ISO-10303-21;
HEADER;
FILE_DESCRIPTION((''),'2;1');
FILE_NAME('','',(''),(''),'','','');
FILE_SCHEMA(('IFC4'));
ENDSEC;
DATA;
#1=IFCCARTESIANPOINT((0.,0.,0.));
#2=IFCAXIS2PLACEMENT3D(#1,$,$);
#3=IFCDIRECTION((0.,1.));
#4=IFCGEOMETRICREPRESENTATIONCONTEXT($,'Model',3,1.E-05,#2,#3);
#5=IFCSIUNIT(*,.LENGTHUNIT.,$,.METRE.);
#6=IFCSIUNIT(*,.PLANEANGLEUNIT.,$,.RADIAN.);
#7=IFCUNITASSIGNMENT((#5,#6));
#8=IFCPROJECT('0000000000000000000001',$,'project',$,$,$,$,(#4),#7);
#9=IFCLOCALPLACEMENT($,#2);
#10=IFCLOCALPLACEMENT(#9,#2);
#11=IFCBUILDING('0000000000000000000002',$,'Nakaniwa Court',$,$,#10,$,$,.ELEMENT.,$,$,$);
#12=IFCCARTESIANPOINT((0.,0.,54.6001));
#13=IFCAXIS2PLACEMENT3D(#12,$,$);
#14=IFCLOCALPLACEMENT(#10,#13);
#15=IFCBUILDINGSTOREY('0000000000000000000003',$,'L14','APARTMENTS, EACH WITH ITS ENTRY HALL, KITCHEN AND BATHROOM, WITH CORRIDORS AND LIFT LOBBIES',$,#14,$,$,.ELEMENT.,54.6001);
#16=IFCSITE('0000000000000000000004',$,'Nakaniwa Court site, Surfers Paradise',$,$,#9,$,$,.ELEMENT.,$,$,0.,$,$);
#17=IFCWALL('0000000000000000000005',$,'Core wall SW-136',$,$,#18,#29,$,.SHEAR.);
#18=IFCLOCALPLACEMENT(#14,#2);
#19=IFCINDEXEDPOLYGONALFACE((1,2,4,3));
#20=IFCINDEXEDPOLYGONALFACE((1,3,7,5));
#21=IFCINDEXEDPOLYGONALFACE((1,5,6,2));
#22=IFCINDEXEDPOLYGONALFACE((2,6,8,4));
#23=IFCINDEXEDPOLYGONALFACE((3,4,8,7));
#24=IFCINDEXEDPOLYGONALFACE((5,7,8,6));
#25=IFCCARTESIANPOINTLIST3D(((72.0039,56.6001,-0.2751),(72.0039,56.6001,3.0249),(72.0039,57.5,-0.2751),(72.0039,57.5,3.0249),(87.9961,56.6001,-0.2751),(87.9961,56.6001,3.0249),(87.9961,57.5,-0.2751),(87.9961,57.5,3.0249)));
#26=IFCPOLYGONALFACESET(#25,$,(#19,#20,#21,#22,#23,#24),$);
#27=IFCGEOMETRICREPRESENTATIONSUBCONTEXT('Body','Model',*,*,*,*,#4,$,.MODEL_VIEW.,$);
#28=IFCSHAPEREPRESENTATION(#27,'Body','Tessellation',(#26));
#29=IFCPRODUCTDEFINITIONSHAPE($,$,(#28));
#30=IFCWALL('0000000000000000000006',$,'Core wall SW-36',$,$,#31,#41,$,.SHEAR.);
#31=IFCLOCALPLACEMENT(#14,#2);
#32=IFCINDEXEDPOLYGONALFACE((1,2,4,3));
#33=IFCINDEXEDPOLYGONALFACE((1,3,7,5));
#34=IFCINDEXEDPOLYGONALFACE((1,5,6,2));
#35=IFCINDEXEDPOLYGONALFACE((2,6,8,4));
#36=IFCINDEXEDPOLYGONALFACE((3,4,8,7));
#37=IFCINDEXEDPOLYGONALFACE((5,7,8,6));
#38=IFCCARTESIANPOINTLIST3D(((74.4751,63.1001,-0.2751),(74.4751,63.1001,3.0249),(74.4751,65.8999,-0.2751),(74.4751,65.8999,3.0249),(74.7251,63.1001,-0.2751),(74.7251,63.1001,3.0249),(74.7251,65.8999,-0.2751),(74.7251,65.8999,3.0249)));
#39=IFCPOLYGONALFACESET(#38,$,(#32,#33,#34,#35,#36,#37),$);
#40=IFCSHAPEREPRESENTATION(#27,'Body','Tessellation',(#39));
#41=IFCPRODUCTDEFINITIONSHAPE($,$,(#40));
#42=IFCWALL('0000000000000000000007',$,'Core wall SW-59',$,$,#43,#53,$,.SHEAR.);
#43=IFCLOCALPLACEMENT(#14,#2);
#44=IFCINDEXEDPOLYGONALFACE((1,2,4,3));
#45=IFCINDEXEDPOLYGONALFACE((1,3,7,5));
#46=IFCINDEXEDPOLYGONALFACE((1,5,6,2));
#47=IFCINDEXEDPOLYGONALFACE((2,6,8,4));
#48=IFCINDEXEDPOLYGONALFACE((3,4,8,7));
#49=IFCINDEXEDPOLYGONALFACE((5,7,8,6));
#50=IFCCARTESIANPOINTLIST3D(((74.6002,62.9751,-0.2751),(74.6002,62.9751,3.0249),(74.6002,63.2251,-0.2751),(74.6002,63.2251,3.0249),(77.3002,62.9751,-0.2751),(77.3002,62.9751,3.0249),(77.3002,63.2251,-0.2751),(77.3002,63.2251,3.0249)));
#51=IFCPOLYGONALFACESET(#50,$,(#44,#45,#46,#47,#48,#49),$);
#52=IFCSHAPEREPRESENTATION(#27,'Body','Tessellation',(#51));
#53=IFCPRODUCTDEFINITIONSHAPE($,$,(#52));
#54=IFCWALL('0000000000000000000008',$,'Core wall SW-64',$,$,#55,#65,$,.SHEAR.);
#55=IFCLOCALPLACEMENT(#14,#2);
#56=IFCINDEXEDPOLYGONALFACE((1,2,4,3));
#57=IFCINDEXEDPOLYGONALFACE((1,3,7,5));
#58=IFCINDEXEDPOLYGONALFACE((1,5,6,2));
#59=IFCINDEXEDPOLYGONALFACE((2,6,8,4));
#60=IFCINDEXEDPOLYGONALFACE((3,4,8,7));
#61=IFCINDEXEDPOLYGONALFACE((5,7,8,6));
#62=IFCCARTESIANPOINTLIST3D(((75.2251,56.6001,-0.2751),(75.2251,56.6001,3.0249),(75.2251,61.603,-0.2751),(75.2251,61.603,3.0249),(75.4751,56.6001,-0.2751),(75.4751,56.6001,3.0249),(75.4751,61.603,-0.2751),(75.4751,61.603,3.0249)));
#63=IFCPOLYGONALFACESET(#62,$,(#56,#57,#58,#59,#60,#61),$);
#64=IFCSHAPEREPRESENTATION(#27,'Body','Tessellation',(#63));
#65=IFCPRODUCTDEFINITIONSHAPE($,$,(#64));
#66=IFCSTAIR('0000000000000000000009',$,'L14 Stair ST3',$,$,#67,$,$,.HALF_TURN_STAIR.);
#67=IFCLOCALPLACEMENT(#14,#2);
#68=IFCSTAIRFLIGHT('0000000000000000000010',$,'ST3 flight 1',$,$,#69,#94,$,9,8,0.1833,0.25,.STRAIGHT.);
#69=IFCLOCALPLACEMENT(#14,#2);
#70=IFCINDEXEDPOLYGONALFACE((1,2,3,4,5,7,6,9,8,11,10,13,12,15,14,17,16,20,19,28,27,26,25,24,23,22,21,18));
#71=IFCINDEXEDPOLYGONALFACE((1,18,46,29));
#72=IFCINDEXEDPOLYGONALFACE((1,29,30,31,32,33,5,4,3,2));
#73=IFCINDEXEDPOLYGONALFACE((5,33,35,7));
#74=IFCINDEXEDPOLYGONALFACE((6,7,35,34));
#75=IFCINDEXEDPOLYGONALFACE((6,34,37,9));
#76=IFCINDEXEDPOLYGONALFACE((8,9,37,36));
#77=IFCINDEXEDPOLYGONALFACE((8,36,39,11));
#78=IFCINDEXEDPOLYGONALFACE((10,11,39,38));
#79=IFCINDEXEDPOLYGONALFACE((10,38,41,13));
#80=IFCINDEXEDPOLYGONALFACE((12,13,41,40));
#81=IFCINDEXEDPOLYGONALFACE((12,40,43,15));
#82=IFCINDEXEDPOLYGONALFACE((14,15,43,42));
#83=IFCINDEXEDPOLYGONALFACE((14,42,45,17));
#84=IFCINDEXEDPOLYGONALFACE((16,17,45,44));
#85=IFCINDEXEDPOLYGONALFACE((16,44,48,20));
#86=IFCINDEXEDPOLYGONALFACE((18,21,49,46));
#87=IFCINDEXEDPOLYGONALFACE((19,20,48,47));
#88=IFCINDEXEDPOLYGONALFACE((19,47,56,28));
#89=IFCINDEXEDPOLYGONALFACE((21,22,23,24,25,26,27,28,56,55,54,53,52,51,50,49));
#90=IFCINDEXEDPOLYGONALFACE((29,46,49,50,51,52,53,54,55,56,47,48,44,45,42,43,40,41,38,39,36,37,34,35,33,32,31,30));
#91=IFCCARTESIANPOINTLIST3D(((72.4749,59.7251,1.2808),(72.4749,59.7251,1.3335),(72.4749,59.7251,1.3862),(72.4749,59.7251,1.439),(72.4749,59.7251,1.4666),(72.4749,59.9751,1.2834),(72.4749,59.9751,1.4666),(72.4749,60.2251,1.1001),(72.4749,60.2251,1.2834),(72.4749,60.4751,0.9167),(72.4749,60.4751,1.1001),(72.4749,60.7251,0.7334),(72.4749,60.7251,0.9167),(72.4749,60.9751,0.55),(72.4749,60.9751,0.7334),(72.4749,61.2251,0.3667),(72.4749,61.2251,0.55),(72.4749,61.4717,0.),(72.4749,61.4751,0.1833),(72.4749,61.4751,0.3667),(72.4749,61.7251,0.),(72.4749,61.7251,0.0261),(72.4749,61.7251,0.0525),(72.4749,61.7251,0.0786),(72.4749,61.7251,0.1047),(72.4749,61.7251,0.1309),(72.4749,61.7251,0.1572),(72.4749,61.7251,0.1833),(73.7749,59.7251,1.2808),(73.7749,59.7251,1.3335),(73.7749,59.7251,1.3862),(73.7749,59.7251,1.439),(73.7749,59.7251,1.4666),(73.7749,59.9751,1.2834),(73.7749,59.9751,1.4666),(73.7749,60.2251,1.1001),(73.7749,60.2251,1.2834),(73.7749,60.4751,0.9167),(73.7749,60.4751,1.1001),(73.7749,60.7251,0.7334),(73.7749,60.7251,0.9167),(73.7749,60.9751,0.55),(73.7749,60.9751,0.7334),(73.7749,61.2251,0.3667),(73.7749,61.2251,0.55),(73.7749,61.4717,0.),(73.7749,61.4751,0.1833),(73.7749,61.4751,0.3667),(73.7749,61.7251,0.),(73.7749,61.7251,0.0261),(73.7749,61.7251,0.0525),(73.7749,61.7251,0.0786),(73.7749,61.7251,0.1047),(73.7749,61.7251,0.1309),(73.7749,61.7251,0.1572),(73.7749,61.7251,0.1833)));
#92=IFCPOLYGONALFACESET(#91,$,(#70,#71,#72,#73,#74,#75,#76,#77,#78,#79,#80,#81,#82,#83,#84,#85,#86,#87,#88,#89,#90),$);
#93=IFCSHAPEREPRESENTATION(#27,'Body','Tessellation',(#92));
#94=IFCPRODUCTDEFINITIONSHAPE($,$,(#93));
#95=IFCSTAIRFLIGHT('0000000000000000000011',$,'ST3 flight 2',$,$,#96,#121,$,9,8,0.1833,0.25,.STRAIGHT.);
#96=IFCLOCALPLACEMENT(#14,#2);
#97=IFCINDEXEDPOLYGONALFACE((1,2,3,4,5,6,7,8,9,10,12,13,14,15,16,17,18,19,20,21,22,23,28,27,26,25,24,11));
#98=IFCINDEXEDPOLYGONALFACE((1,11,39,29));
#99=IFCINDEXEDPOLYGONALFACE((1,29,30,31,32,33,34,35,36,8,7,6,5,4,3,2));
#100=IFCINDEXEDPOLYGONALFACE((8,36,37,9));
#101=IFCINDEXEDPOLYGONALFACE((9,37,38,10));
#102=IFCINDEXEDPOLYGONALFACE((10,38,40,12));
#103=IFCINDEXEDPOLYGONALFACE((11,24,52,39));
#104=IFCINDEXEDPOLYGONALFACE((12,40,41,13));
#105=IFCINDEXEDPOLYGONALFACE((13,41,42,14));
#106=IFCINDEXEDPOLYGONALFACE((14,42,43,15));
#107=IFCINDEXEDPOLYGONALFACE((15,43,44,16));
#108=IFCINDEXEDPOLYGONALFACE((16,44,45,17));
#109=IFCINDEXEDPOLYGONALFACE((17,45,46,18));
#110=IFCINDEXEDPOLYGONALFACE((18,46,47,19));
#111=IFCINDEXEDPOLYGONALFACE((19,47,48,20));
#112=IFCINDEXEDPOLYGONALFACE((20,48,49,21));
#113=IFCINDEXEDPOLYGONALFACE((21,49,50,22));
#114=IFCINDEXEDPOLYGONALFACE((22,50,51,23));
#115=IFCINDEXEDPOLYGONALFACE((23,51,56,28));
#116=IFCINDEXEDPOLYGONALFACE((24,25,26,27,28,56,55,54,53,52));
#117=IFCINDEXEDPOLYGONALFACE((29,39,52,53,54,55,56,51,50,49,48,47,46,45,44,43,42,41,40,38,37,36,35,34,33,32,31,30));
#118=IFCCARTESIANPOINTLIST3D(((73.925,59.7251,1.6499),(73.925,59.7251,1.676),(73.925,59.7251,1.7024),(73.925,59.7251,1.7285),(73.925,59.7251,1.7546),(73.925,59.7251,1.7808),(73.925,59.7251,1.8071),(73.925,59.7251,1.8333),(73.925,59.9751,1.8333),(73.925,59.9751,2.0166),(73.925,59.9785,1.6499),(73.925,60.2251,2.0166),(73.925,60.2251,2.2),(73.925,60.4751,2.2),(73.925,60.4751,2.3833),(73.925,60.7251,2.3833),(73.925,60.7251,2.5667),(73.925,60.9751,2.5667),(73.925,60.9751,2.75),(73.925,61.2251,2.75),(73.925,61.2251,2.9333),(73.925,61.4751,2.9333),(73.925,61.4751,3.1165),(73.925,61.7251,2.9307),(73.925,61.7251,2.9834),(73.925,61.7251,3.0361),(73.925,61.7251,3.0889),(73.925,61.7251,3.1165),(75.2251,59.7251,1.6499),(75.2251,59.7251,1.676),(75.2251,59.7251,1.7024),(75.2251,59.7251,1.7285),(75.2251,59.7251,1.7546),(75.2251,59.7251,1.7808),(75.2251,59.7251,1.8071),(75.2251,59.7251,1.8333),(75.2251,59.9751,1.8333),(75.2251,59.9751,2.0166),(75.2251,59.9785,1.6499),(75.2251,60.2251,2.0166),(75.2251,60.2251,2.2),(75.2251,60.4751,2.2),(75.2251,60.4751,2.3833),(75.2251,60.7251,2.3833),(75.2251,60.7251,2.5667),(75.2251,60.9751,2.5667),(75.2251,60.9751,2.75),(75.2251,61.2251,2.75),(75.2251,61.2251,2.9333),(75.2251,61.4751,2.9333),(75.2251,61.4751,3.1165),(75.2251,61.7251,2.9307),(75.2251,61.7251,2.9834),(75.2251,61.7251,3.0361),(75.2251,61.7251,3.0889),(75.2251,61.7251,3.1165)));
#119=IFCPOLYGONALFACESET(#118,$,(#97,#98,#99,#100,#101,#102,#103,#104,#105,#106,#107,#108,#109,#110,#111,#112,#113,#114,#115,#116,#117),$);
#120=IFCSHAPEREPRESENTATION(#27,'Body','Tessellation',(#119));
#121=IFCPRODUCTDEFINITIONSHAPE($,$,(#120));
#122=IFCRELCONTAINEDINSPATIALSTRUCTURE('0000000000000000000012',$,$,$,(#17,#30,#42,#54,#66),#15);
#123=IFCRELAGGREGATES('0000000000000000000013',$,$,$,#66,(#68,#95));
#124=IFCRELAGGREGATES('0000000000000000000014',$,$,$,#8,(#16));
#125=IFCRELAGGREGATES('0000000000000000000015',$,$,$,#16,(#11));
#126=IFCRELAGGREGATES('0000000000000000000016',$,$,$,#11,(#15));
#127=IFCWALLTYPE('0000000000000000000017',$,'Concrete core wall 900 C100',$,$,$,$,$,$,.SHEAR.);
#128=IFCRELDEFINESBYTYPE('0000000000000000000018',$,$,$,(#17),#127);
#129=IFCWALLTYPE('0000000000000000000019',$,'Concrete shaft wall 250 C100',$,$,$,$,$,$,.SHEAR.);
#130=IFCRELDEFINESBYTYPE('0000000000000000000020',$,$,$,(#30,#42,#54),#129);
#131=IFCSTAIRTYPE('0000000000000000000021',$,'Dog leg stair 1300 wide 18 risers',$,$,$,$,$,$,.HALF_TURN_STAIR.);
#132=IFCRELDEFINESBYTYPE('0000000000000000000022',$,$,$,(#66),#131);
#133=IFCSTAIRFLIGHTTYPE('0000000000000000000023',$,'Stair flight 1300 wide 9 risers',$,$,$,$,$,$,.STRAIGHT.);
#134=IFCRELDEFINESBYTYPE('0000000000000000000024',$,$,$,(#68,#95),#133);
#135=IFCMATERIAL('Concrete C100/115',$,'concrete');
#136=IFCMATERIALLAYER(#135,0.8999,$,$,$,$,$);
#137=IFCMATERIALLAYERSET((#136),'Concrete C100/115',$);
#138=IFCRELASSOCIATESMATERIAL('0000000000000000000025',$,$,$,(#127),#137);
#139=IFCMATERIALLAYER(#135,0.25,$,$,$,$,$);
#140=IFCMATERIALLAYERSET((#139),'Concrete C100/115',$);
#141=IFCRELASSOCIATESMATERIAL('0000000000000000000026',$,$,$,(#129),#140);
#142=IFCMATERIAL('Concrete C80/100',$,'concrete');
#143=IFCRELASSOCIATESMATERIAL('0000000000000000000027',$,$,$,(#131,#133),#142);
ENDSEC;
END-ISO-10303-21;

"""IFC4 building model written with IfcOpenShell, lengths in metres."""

from ifc_helpers import new_model, si_unit, direction, frame, frame_2d, origin, place, context, subcontext, project, spatial, polyline, rectangle, outline, extrude, material, layer, layer_set, type_object, element, aggregate, save


model = new_model("IFC4")

# Units and contexts
model_context = context("Model", 3, precision=1e-05, world=origin(), true_north=direction((0.0, 1.0)))
body_context = subcontext(model_context, "Body", "Model", "MODEL_VIEW")
ifc_project = project(units=[si_unit("LENGTHUNIT", "METRE"), si_unit("PLANEANGLEUNIT", "RADIAN")], contexts=[model_context])

# Site, building, storey
site_placement = place(None, origin())
site = spatial("IfcSite", under=ifc_project, at=site_placement, Name="Nakaniwa Court site, Surfers Paradise", CompositionType="ELEMENT", RefElevation=0.0)
building_placement = place(site_placement, origin())
building = spatial("IfcBuilding", under=site, at=building_placement, Name="Nakaniwa Court", CompositionType="ELEMENT")
storey_placement = place(building_placement, frame((0.0, 0.0, 54.6001)))
storey = spatial("IfcBuildingStorey", under=building, at=storey_placement, Name="L14", Description="APARTMENTS, EACH WITH ITS ENTRY HALL, KITCHEN AND BATHROOM, WITH CORRIDORS AND LIFT LOBBIES", CompositionType="ELEMENT", Elevation=54.6001)

# Shared definitions
ifc_material_1 = material(Name="Concrete C80/100", Category="concrete")

# Shared definitions
ifc_material_2 = material(Name="Concrete C100/115", Category="concrete")

# Walls
ifc_layer_1 = layer(ifc_material_2, 0.8999)
ifc_layer_set_1 = layer_set([ifc_layer_1], Name="Concrete C100/115")
wall_type_1 = type_object("IfcWallType", Name="Concrete core wall 900 C100", PredefinedType="SHEAR", material=ifc_layer_set_1)
wall_1_placement = place(storey_placement, frame((72.0039, 57.05, -0.2751), z_axis=(0.0, 0.0, 1.0), x_axis=(1.0, 0.0, 0.0)))
element("IfcWall", 1, at=wall_1_placement, inside=storey, type_object=wall_type_1, Name="Core wall SW-136", PredefinedType="SHEAR", context=body_context, shape_type="SweptSolid", body=[
    extrude(rectangle(XDim=15.9922, YDim=0.8999, at=frame_2d((7.9961, 0.0))), origin(), (0.0, 0.0, 1.0), 3.3),
])
ifc_layer_2 = layer(ifc_material_2, 0.25)
ifc_layer_set_2 = layer_set([ifc_layer_2], Name="Concrete C100/115")
wall_type_2 = type_object("IfcWallType", Name="Concrete shaft wall 250 C100", PredefinedType="SHEAR", material=ifc_layer_set_2)
wall_2_placement = place(storey_placement, frame((74.6001, 63.1001, -0.2751), z_axis=(0.0, 0.0, 1.0), x_axis=(0.0, 1.0, 0.0)))
element("IfcWall", 2, at=wall_2_placement, inside=storey, type_object=wall_type_2, Name="Core wall SW-36", PredefinedType="SHEAR", context=body_context, shape_type="SweptSolid", body=[
    extrude(rectangle(XDim=2.7998, YDim=0.25, at=frame_2d((1.3999, 0.0))), origin(), (0.0, 0.0, 1.0), 3.3),
])
wall_3_placement = place(storey_placement, frame((74.6001, 63.1001, -0.2751), z_axis=(0.0, 0.0, 1.0), x_axis=(1.0, 0.0, 0.0)))
element("IfcWall", 3, at=wall_3_placement, inside=storey, type_object=wall_type_2, Name="Core wall SW-59", PredefinedType="SHEAR", context=body_context, shape_type="SweptSolid", body=[
    extrude(rectangle(XDim=2.7, YDim=0.25, at=frame_2d((1.3501, 0.0))), origin(), (0.0, 0.0, 1.0), 3.3),
])
wall_4_placement = place(storey_placement, frame((75.3501, 56.6001, -0.2751), z_axis=(0.0, 0.0, 1.0), x_axis=(0.0, 1.0, 0.0)))
element("IfcWall", 4, at=wall_4_placement, inside=storey, type_object=wall_type_2, Name="Core wall SW-64", PredefinedType="SHEAR", context=body_context, shape_type="SweptSolid", body=[
    extrude(rectangle(XDim=5.0029, YDim=0.25, at=frame_2d((2.5015, 0.0))), origin(), (0.0, 0.0, 1.0), 3.3),
])

# Stair, stair flights
stair_type = type_object("IfcStairType", Name="Dog leg stair 1300 wide 18 risers", PredefinedType="HALF_TURN_STAIR", material=ifc_material_1)
stair_placement = place(storey_placement, origin())
stair = element("IfcStair", 5, at=stair_placement, inside=storey, type_object=stair_type, Name="L14 Stair ST3", PredefinedType="HALF_TURN_STAIR")
stair_flight_type = type_object("IfcStairFlightType", Name="Stair flight 1300 wide 9 risers", PredefinedType="STRAIGHT", material=ifc_material_1)
stair_flight_1_placement = place(storey_placement, frame((73.125, 61.7251, 0.0), z_axis=(0.0, 0.0, 1.0), x_axis=(0.0, -1.0, 0.0)))
stair_flight_1 = element("IfcStairFlight", 6, at=stair_flight_1_placement, type_object=stair_flight_type, Name="ST3 flight 1", NumberOfRisers=9, NumberOfTreads=8, PredefinedType="STRAIGHT", RiserHeight=0.1833, TreadLength=0.25, context=body_context, shape_type="SweptSolid", body=[
    extrude(outline(polyline([(0.0, 0.0), (0.0, 0.0261), (0.0, 0.0525), (0.0, 0.0786), (0.0, 0.1047), (0.0, 0.1309), (0.0, 0.1572), (0.0, 0.1833), (0.25, 0.1833), (0.25, 0.3667), (0.5, 0.3667), (0.5, 0.55), (0.75, 0.55), (0.75, 0.7334), (1.0, 0.7334), (1.0, 0.9167), (1.25, 0.9167), (1.25, 1.1001), (1.5, 1.1001), (1.5, 1.2834), (1.75, 1.2834), (1.75, 1.4666), (2.0, 1.4666), (2.0, 1.6499), (2.0, 1.5972), (2.0, 1.5444), (2.0, 1.4917), (2.0, 1.439), (2.0, 1.3862), (2.0, 1.3335), (2.0, 1.2808), (0.2534, 0.0), (0.0, 0.0)])), frame((0.0, 0.6499, 0.0), z_axis=(0.0, -1.0, 0.0), x_axis=(1.0, 0.0, 0.0)), (0.0, 0.0, 1.0), 1.3),
])
stair_flight_2_placement = place(storey_placement, frame((74.575, 59.7251, 1.6499), z_axis=(0.0, 0.0, 1.0), x_axis=(0.0, 1.0, 0.0)))
stair_flight_2 = element("IfcStairFlight", 7, at=stair_flight_2_placement, type_object=stair_flight_type, Name="ST3 flight 2", NumberOfRisers=9, NumberOfTreads=8, PredefinedType="STRAIGHT", RiserHeight=0.1833, TreadLength=0.25, context=body_context, shape_type="SweptSolid", body=[
    extrude(outline(polyline([(0.0, 0.0), (0.0, 0.0261), (0.0, 0.0525), (0.0, 0.0786), (0.0, 0.1047), (0.0, 0.1309), (0.0, 0.1572), (0.0, 0.1833), (0.25, 0.1833), (0.25, 0.3667), (0.5, 0.3667), (0.5, 0.55), (0.75, 0.55), (0.75, 0.7334), (1.0, 0.7334), (1.0, 0.9167), (1.25, 0.9167), (1.25, 1.1001), (1.5, 1.1001), (1.5, 1.2834), (1.75, 1.2834), (1.75, 1.4666), (2.0, 1.4666), (2.0, 1.6499), (2.0, 1.5972), (2.0, 1.5444), (2.0, 1.4917), (2.0, 1.439), (2.0, 1.3862), (2.0, 1.3335), (2.0, 1.2808), (0.2534, 0.0), (0.0, 0.0)])), frame((0.0, 0.6499, 0.0), z_axis=(0.0, -1.0, 0.0), x_axis=(1.0, 0.0, 0.0)), (0.0, 0.0, 1.0), 1.3),
])
aggregate(stair, [stair_flight_1, stair_flight_2])

save(model, "model.ifc")
